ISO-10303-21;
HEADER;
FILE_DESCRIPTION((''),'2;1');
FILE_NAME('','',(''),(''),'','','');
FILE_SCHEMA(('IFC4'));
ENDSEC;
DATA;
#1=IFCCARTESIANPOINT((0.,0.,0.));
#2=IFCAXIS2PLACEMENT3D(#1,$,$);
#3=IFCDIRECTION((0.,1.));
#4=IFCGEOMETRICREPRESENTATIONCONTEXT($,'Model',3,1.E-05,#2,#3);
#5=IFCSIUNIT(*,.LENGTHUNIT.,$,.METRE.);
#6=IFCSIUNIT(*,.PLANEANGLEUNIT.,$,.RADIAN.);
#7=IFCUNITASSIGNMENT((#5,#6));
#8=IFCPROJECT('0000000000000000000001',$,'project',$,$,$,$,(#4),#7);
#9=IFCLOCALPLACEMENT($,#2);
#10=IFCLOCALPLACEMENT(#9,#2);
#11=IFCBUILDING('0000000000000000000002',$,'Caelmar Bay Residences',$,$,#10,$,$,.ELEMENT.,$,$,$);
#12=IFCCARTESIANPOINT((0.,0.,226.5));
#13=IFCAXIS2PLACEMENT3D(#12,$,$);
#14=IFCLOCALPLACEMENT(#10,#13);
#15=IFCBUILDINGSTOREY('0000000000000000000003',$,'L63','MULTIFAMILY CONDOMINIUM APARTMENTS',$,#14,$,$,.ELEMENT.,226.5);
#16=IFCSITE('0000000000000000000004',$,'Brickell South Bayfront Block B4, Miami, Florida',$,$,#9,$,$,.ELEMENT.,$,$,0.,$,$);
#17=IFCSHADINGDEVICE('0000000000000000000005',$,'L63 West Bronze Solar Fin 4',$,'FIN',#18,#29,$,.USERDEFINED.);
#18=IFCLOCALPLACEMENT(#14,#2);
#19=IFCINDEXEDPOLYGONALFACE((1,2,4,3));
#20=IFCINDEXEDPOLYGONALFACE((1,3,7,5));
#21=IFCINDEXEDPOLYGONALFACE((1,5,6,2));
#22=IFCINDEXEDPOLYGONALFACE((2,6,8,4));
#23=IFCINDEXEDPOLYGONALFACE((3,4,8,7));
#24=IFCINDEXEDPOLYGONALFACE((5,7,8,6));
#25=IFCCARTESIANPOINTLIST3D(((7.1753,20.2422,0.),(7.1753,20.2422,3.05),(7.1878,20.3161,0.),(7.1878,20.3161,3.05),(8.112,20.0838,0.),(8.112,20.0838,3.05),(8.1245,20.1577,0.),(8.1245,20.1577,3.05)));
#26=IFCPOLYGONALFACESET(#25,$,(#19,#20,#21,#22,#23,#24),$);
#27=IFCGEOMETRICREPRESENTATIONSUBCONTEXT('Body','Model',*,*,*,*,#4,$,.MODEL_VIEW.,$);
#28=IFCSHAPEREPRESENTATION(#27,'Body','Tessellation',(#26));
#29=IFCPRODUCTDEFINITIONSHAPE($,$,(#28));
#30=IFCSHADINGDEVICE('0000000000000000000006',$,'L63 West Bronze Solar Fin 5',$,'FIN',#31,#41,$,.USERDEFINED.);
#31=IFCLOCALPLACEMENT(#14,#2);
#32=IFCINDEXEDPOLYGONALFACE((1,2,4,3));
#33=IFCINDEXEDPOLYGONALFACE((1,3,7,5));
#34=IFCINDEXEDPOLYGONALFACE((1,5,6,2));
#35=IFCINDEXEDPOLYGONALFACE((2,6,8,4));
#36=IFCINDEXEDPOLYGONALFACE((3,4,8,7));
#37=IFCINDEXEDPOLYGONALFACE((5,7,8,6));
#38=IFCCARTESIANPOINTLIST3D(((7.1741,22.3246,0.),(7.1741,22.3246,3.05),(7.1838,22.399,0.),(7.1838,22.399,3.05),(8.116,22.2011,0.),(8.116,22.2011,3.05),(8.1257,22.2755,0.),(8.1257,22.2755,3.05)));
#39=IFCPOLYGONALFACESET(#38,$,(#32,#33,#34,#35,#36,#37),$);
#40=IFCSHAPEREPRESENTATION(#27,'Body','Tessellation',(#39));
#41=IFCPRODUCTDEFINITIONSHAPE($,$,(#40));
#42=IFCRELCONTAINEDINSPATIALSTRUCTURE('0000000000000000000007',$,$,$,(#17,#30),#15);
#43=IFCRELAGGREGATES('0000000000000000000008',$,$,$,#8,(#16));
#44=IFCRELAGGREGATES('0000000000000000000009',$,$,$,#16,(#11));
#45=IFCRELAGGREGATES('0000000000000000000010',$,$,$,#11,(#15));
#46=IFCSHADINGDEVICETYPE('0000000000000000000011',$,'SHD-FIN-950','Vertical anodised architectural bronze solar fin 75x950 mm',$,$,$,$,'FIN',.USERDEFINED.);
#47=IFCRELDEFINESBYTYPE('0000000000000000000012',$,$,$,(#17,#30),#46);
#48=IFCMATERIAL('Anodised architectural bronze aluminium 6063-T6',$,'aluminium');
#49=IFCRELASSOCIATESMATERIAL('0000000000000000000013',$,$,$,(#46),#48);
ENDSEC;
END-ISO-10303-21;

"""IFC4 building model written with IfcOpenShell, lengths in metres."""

from ifc_helpers import new_model, si_unit, direction, frame, origin, origin_2d, place, context, subcontext, project, spatial, rectangle, extrude, material, material_profile, profile_set, type_object, element, save


model = new_model("IFC4")

# Units and contexts
model_context = context("Model", 3, precision=1e-05, world=origin(), true_north=direction((0.0, 1.0)))
body_context = subcontext(model_context, "Body", "Model", "MODEL_VIEW")
ifc_project = project(units=[si_unit("LENGTHUNIT", "METRE"), si_unit("PLANEANGLEUNIT", "RADIAN")], contexts=[model_context])

# Site, building, storey
site_placement = place(None, origin())
site = spatial("IfcSite", under=ifc_project, at=site_placement, Name="Brickell South Bayfront Block B4, Miami, Florida", CompositionType="ELEMENT", RefElevation=0.0)
building_placement = place(site_placement, origin())
building = spatial("IfcBuilding", under=site, at=building_placement, Name="Caelmar Bay Residences", CompositionType="ELEMENT")
storey_placement = place(building_placement, frame((0.0, 0.0, 226.5)))
storey = spatial("IfcBuildingStorey", under=building, at=storey_placement, Name="L63", Description="MULTIFAMILY CONDOMINIUM APARTMENTS", CompositionType="ELEMENT", Elevation=226.5)

# Shading devices
ifc_material_1 = material(Name="Anodised architectural bronze aluminium 6063-T6", Category="aluminium")
ifc_material_profile_1 = material_profile(ifc_material_1, rectangle(XDim=0.075, YDim=0.95, at=origin_2d()), Name="BRONZE-FIN-75X950")
ifc_profile_set_1 = profile_set([ifc_material_profile_1], Name="Anodised architectural bronze aluminium 6063-T6")
shading_device_type = type_object("IfcShadingDeviceType", Name="SHD-FIN-950", Description="Vertical anodised architectural bronze solar fin 75x950 mm", ElementType="FIN", PredefinedType="USERDEFINED", material=ifc_profile_set_1)
for number, where, z_axis, x_axis, name in (
    (1, (7.6499, 20.2, 0.0), (0.0, 0.0, 1.0), (0.166769, 0.985996, 0.0), "L63 West Bronze Solar Fin 4"),
    (2, (7.6499, 22.3, 0.0), (0.0, 0.0, 1.0), (0.130007, 0.991513, 0.0), "L63 West Bronze Solar Fin 5"),
):
    element("IfcShadingDevice", number, at=place(storey_placement, frame(where, z_axis=z_axis, x_axis=x_axis)), inside=storey, type_object=shading_device_type, Name=name, ObjectType="FIN", PredefinedType="USERDEFINED", context=body_context, shape_type="SweptSolid", body=[
        extrude(rectangle(XDim=0.075, YDim=0.95, at=origin_2d()), origin(), (0.0, 0.0, 1.0), 3.05),
    ])

save(model, "model.ifc")
